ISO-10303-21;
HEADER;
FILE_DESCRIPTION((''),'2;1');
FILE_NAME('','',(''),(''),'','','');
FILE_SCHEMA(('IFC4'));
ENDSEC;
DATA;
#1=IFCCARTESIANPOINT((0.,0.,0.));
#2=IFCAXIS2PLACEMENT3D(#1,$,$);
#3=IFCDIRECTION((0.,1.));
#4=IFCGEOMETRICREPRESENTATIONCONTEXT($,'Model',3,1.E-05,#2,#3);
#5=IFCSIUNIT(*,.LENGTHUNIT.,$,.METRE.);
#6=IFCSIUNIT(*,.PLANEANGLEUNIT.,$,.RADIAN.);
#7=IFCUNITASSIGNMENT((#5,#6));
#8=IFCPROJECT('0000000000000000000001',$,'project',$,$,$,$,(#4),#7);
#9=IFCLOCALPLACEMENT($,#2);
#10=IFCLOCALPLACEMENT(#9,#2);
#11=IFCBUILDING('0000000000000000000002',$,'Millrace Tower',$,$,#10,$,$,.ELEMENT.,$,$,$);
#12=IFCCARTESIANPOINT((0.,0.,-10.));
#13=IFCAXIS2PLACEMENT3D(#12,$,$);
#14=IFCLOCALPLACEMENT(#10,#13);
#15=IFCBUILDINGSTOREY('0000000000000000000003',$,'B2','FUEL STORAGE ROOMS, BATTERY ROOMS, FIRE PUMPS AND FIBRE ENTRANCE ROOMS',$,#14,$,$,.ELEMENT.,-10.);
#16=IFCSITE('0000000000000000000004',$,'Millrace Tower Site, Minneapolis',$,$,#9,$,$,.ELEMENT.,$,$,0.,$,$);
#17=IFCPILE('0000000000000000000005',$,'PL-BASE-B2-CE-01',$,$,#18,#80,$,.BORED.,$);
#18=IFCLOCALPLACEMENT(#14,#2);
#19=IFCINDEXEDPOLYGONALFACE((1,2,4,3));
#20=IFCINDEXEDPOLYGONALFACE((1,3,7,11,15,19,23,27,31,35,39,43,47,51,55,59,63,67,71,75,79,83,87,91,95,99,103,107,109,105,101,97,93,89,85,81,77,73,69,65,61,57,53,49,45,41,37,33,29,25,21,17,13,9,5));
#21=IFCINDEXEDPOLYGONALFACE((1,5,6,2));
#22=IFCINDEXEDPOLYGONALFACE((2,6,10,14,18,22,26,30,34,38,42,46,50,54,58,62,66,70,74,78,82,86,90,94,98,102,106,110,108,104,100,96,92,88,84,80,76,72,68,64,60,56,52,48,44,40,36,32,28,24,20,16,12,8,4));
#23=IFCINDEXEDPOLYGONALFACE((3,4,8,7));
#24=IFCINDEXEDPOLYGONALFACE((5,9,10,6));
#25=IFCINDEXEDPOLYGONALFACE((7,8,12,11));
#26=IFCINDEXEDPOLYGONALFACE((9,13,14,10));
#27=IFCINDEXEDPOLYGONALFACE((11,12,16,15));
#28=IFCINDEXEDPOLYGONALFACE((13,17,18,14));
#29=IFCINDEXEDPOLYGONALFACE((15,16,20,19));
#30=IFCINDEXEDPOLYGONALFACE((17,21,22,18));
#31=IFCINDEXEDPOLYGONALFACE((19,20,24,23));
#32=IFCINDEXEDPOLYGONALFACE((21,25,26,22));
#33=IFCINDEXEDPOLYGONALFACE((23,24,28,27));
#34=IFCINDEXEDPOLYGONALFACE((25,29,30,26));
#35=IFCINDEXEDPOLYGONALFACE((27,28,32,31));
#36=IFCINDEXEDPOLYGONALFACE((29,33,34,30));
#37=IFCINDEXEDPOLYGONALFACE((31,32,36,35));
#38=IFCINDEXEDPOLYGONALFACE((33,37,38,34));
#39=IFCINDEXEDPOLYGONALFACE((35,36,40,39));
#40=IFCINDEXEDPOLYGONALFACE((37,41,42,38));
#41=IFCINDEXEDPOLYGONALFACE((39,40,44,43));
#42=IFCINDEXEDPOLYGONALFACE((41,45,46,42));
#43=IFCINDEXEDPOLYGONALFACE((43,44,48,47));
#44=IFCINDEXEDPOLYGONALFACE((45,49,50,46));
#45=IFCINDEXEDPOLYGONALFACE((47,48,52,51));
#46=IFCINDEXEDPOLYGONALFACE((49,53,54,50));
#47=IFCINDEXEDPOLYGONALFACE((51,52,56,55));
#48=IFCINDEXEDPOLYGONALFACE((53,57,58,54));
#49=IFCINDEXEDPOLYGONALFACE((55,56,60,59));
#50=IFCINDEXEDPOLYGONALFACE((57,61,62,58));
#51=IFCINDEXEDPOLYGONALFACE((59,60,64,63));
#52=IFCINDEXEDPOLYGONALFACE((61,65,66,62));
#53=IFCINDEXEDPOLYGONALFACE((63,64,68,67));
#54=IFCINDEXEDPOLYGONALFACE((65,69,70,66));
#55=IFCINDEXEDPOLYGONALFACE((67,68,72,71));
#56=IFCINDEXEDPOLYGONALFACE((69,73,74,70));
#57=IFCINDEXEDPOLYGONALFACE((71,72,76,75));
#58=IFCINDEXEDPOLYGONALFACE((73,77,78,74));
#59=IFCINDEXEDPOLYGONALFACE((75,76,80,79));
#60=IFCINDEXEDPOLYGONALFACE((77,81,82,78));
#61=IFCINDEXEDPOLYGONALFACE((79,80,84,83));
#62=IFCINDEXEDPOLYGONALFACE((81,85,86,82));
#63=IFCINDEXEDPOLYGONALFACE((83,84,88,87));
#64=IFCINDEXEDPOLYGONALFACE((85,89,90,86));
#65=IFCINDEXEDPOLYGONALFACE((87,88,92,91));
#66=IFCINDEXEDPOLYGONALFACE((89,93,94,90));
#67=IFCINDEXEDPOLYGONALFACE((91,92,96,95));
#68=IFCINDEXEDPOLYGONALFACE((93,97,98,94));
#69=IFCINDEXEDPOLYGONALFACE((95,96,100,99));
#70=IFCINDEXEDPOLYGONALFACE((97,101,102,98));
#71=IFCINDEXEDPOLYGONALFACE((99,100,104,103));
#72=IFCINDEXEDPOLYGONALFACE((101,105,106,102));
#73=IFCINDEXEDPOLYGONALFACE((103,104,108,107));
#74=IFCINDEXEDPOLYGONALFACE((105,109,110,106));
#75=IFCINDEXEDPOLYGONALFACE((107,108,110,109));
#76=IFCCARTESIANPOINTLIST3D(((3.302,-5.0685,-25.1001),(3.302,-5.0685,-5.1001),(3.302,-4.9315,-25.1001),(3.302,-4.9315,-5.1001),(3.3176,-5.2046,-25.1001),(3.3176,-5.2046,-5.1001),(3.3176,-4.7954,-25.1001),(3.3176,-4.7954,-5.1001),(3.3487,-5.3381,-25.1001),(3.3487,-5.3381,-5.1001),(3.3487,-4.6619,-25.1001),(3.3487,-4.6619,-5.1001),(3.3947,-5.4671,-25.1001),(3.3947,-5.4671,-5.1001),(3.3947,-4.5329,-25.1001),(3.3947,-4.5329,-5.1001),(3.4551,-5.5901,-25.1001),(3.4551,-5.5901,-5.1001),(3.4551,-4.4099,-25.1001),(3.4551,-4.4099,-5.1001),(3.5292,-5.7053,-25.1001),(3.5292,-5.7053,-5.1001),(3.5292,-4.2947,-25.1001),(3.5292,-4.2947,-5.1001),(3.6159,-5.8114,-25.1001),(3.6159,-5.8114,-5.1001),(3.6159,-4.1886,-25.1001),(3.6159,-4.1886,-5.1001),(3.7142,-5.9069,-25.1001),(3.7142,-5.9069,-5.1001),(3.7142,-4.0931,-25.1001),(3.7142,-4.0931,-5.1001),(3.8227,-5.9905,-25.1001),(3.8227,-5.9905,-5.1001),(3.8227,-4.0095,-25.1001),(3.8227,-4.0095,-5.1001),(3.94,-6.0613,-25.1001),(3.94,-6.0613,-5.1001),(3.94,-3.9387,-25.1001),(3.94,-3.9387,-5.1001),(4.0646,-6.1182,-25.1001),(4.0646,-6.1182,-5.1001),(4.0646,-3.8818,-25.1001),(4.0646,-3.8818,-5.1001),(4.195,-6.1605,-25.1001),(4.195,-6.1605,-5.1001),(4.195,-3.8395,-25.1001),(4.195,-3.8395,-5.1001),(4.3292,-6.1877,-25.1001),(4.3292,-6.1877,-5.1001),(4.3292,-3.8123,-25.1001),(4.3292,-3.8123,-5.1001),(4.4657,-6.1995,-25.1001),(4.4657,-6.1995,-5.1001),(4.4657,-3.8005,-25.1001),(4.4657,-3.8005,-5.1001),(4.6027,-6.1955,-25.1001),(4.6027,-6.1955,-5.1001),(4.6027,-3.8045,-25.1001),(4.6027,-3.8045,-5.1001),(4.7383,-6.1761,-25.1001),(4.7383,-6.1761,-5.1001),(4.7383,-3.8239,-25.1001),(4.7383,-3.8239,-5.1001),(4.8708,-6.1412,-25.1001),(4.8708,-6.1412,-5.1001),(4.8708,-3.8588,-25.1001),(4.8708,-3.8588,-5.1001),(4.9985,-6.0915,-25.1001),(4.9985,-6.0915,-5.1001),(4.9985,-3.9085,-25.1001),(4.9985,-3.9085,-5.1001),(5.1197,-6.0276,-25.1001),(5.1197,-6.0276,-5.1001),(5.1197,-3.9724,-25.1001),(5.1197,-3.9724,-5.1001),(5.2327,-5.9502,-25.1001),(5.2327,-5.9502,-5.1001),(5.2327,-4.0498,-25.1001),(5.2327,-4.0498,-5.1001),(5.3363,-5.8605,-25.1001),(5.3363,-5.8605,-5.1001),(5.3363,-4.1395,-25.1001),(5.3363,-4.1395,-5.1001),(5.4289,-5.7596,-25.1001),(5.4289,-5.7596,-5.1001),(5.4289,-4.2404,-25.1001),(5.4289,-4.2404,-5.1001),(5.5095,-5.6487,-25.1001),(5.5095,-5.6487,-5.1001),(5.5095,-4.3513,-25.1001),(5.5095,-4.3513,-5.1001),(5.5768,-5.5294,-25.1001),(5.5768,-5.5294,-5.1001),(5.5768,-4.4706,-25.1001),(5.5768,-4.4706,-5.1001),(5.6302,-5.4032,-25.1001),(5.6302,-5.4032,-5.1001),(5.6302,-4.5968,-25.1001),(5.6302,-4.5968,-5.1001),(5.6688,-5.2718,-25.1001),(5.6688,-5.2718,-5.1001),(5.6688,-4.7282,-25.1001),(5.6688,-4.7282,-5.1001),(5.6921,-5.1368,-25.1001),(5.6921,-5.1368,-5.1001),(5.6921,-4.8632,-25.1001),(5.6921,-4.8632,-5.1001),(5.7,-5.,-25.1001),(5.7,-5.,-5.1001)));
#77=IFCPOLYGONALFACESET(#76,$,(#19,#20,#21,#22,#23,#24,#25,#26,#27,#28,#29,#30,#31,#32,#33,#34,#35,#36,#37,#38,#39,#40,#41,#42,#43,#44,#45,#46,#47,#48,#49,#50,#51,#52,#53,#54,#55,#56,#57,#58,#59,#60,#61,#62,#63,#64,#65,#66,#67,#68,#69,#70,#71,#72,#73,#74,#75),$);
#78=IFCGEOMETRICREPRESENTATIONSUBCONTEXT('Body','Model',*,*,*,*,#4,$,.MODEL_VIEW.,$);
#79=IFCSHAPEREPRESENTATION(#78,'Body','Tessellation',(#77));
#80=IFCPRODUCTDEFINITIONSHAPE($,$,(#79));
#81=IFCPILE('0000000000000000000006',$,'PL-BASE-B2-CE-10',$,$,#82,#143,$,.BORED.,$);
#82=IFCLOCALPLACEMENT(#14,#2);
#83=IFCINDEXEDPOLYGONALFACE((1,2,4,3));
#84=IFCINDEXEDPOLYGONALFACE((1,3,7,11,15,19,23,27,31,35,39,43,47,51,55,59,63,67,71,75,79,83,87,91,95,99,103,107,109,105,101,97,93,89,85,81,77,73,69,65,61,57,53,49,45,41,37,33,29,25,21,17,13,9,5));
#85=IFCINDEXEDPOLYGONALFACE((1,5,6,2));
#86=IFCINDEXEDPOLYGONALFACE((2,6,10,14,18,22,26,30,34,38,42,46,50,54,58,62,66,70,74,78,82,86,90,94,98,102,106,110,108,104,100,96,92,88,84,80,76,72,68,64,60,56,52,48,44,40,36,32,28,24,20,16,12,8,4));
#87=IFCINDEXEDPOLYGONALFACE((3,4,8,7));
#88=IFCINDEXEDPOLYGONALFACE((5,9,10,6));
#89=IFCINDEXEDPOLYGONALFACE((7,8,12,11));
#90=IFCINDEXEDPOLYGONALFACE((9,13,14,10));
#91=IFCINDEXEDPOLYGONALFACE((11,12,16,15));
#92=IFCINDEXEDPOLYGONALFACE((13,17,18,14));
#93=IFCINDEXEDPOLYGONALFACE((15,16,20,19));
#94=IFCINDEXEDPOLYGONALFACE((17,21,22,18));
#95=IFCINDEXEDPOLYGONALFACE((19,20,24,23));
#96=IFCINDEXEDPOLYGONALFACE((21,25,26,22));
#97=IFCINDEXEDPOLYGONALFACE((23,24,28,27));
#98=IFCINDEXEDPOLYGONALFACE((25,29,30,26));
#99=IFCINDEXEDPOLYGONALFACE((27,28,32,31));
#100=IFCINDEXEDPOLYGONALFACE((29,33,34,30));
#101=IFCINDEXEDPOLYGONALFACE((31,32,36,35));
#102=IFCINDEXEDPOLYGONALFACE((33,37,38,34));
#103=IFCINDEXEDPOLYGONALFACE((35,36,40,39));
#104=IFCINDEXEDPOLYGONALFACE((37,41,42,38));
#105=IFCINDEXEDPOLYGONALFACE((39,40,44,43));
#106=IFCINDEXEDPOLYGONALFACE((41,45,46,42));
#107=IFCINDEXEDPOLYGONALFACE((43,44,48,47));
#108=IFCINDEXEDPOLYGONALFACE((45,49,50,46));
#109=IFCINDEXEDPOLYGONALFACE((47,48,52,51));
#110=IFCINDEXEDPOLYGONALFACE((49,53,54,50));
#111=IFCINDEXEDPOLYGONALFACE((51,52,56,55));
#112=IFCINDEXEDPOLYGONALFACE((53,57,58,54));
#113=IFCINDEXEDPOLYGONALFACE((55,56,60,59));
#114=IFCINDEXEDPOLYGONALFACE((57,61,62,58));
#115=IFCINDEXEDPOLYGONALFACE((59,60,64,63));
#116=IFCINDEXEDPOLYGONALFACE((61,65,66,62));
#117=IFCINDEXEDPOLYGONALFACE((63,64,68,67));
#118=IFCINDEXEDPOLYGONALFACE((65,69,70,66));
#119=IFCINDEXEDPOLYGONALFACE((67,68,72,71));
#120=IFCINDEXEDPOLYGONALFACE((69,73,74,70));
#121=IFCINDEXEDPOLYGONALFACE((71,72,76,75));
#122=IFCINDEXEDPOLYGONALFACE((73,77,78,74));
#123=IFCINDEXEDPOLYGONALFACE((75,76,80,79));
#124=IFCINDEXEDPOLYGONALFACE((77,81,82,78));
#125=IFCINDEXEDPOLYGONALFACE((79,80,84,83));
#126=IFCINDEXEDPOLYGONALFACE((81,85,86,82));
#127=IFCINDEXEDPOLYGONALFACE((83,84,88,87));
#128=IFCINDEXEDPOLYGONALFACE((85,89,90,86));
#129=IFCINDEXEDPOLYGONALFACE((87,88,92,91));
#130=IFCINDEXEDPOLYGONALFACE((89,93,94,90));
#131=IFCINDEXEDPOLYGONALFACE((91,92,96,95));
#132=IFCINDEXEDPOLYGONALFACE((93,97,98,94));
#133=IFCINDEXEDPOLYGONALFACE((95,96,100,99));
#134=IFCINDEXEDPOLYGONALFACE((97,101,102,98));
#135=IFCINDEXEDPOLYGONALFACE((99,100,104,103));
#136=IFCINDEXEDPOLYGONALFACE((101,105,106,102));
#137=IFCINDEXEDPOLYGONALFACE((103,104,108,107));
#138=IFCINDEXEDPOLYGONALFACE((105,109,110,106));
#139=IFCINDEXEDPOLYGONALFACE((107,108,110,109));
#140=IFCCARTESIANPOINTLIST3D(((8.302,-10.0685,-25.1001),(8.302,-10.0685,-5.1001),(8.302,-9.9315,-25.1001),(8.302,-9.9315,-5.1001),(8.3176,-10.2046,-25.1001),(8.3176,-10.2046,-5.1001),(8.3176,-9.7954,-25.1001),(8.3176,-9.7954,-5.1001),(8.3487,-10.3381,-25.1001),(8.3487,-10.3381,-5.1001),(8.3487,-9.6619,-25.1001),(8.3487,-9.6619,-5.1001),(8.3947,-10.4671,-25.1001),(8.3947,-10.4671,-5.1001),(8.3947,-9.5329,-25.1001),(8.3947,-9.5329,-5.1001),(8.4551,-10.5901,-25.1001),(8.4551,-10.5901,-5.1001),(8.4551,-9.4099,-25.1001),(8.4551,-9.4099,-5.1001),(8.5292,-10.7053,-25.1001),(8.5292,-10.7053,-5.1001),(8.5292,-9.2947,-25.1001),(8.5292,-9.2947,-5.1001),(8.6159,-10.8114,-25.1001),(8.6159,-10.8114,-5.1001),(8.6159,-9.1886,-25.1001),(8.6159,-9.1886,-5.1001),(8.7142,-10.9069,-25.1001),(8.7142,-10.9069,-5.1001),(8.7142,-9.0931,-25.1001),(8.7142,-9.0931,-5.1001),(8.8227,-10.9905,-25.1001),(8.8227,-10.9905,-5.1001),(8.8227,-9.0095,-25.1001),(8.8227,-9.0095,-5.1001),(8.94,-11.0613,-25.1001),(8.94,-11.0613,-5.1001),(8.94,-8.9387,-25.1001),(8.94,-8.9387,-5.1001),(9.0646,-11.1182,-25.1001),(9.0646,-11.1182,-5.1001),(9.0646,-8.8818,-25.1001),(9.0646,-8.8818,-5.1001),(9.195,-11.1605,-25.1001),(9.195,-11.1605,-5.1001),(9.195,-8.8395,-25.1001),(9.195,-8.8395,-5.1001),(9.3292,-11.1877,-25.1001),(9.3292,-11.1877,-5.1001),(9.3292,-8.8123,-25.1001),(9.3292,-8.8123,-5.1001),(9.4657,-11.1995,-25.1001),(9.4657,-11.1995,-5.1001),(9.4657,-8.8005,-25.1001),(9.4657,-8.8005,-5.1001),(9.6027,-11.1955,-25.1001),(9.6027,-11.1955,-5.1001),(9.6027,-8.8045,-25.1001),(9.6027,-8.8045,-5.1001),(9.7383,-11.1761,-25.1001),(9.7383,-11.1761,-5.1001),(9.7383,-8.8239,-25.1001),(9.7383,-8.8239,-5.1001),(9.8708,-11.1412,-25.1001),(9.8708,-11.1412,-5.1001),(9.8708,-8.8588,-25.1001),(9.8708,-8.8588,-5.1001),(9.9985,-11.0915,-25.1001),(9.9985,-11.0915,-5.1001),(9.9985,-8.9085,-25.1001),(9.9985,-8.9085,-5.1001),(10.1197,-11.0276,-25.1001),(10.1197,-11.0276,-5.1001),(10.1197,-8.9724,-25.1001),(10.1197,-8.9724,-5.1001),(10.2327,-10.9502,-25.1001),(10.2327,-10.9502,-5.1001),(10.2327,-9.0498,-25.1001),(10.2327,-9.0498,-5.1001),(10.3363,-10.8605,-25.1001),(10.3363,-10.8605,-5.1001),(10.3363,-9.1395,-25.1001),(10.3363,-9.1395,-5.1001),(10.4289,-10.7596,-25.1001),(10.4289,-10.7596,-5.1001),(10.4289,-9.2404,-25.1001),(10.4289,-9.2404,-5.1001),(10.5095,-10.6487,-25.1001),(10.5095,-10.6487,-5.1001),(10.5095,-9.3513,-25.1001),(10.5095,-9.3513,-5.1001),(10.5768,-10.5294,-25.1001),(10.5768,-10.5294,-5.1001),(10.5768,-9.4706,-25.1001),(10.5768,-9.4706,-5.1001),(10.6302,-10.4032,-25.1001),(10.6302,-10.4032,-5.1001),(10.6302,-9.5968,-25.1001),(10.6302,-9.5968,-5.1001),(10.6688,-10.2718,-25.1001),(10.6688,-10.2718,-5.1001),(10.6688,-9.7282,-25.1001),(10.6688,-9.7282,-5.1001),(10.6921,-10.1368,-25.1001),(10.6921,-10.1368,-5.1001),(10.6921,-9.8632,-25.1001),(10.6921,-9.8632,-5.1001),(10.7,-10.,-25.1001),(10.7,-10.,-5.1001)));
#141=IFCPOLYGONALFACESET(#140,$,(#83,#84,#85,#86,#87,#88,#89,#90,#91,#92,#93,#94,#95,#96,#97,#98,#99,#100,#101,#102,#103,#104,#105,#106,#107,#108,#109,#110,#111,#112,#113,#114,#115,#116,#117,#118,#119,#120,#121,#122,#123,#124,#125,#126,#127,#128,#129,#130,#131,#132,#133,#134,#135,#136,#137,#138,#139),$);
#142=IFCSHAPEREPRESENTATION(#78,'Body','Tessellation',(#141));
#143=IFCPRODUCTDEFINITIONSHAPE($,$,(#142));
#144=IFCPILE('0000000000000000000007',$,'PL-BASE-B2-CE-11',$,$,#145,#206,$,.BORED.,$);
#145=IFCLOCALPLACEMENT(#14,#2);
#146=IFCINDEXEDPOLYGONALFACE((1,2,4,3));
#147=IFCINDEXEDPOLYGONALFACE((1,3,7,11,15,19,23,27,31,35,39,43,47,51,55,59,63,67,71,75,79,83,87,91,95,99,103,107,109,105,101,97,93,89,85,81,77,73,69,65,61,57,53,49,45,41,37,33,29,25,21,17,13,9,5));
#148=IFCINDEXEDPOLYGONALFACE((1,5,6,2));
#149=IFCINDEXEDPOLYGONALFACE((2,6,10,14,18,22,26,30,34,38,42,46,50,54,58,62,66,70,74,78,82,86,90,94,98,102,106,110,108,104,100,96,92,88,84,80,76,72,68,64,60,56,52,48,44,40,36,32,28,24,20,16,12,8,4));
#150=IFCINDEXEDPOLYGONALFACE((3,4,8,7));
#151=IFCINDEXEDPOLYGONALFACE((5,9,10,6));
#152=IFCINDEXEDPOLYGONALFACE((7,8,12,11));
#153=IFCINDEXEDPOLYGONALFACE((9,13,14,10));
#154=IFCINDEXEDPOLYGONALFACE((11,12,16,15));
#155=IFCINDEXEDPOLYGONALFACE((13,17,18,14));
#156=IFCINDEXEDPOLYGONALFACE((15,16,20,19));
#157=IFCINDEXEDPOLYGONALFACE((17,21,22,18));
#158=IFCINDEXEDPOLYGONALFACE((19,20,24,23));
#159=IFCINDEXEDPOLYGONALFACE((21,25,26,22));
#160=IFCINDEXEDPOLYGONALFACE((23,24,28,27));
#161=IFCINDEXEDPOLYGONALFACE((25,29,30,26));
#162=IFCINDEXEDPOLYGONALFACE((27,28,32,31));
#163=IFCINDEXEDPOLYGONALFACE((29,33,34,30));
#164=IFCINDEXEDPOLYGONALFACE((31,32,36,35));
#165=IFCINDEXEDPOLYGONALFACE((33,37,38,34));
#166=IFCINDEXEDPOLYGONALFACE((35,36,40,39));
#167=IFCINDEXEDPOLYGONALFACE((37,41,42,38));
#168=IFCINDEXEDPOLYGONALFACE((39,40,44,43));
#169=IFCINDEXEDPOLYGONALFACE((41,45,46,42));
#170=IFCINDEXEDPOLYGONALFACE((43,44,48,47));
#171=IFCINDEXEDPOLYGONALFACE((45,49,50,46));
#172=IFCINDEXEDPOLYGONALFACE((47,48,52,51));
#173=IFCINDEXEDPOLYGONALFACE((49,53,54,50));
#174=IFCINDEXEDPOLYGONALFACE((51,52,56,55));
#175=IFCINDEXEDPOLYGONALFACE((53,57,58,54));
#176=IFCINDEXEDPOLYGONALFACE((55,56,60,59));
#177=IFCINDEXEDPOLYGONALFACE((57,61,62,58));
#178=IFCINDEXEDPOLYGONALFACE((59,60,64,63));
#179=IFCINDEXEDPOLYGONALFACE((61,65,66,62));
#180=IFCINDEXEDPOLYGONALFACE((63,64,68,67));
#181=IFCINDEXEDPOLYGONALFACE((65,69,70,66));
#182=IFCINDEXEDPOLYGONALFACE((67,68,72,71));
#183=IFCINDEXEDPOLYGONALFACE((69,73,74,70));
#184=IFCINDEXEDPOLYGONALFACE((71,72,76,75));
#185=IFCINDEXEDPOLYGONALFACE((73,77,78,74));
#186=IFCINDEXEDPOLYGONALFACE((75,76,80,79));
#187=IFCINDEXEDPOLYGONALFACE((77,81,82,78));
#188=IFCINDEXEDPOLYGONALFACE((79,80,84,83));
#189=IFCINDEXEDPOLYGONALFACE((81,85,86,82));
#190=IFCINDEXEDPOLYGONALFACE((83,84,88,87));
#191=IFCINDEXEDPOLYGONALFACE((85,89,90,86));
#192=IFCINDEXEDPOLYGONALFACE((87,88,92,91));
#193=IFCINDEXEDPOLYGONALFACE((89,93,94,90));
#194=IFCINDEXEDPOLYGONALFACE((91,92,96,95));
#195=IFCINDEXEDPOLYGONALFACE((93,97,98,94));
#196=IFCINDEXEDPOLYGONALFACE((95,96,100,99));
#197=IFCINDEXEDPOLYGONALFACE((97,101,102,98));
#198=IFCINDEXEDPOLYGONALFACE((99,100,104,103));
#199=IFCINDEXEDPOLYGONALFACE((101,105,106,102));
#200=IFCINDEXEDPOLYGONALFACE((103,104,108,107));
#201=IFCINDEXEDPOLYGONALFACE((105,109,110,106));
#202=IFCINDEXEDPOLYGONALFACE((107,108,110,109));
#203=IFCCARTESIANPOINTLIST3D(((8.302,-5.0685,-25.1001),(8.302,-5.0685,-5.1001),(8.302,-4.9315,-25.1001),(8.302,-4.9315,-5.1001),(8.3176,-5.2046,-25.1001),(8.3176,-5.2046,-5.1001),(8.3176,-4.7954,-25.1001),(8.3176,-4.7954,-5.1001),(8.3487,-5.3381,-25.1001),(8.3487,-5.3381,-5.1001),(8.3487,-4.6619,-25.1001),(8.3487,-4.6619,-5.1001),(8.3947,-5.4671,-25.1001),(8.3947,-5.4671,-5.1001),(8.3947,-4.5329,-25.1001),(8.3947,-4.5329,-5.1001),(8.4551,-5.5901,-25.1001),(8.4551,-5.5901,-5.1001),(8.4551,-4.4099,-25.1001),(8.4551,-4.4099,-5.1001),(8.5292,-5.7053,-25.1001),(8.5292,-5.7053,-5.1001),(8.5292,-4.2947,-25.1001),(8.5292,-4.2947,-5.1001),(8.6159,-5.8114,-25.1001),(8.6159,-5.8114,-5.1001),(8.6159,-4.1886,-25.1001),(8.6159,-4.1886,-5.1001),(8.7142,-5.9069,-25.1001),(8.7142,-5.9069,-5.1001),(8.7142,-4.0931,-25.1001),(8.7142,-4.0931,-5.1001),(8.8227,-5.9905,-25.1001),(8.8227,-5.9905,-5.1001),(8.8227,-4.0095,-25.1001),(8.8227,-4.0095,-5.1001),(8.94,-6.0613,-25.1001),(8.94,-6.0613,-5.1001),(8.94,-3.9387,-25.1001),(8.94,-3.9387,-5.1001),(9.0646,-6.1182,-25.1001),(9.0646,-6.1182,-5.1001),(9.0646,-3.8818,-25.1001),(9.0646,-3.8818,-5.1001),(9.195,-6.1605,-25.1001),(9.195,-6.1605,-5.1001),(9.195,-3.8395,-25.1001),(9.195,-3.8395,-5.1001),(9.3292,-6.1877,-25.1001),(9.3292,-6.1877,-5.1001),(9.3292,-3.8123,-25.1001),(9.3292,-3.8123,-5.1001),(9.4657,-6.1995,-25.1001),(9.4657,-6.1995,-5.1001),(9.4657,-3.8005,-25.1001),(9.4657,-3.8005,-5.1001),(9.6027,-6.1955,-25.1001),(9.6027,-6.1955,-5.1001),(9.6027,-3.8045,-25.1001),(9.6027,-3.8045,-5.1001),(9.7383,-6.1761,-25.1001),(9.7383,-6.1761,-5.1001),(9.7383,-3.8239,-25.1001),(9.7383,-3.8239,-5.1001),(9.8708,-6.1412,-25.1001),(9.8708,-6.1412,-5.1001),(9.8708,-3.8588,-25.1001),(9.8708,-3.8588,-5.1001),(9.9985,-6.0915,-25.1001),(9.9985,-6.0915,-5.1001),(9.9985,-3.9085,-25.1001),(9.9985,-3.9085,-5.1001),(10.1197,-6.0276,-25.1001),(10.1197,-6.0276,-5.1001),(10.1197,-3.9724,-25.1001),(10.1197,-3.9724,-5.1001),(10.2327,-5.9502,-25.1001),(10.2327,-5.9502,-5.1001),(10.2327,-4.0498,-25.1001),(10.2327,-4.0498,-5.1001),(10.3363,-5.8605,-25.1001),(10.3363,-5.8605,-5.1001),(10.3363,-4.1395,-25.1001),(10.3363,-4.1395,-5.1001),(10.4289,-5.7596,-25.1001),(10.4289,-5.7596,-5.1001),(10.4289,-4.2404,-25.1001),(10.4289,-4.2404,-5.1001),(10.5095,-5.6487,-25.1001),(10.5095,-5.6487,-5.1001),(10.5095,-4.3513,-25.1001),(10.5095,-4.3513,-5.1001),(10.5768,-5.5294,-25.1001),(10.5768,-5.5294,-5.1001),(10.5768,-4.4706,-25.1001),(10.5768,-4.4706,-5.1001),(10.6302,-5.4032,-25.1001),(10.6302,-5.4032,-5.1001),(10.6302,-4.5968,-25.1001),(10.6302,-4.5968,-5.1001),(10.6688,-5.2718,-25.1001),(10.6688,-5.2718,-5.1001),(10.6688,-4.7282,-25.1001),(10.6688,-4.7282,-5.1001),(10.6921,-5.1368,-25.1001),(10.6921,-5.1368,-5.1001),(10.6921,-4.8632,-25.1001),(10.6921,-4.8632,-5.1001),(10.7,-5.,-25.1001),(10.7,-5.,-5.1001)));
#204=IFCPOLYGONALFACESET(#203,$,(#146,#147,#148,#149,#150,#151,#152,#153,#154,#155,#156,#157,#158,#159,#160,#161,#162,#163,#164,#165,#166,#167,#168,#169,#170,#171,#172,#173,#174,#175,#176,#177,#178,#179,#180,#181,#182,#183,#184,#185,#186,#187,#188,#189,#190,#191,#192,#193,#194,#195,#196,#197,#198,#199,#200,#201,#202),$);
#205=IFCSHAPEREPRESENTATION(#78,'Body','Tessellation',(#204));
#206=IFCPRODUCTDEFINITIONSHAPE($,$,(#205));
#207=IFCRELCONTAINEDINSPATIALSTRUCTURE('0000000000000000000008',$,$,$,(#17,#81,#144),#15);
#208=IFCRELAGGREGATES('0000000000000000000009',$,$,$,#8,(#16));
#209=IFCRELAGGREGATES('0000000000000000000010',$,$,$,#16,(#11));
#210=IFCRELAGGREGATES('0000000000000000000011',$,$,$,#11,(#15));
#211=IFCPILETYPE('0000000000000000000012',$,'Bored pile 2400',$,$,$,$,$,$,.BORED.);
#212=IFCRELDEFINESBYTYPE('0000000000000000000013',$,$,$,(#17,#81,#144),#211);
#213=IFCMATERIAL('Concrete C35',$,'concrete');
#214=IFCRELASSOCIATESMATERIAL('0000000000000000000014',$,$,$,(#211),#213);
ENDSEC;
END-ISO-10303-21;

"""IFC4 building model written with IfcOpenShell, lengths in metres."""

from ifc_helpers import new_model, si_unit, direction, frame, origin, origin_2d, place, context, subcontext, project, spatial, circle, extrude, material, material_profile, profile_set, type_object, element, save


model = new_model("IFC4")

# Units and contexts
model_context = context("Model", 3, precision=1e-05, world=origin(), true_north=direction((0.0, 1.0)))
body_context = subcontext(model_context, "Body", "Model", "MODEL_VIEW")
ifc_project = project(units=[si_unit("LENGTHUNIT", "METRE"), si_unit("PLANEANGLEUNIT", "RADIAN")], contexts=[model_context])

# Site, building, storey
site_placement = place(None, origin())
site = spatial("IfcSite", under=ifc_project, at=site_placement, Name="Millrace Tower Site, Minneapolis", CompositionType="ELEMENT", RefElevation=0.0)
building_placement = place(site_placement, origin())
building = spatial("IfcBuilding", under=site, at=building_placement, Name="Millrace Tower", CompositionType="ELEMENT")
storey_placement = place(building_placement, frame((0.0, 0.0, -10.0)))
storey = spatial("IfcBuildingStorey", under=building, at=storey_placement, Name="B2", Description="FUEL STORAGE ROOMS, BATTERY ROOMS, FIRE PUMPS AND FIBRE ENTRANCE ROOMS", CompositionType="ELEMENT", Elevation=-10.0)

# Piles
ifc_material_1 = material(Name="Concrete C35", Category="concrete")
ifc_material_profile_1 = material_profile(ifc_material_1, circle(Radius=1.2, at=origin_2d()))
ifc_profile_set_1 = profile_set([ifc_material_profile_1], Name="Concrete C35")
pile_type = type_object("IfcPileType", Name="Bored pile 2400", PredefinedType="BORED", material=ifc_profile_set_1)
for number, where, z_axis, x_axis, name in (
    (1, (4.5, -5.0, -5.1001), (0.0, 0.0, -1.0), (1.0, 0.0, 0.0), "PL-BASE-B2-CE-01"),
    (2, (9.5, -10.0, -5.1001), (0.0, 0.0, -1.0), (1.0, 0.0, 0.0), "PL-BASE-B2-CE-10"),
    (3, (9.5, -5.0, -5.1001), (0.0, 0.0, -1.0), (1.0, 0.0, 0.0), "PL-BASE-B2-CE-11"),
):
    element("IfcPile", number, at=place(storey_placement, frame(where, z_axis=z_axis, x_axis=x_axis)), inside=storey, type_object=pile_type, Name=name, PredefinedType="BORED", context=body_context, shape_type="SweptSolid", body=[
        extrude(circle(Radius=1.2, at=origin_2d()), origin(), (0.0, 0.0, 1.0), 20.0),
    ])

save(model, "model.ifc")
